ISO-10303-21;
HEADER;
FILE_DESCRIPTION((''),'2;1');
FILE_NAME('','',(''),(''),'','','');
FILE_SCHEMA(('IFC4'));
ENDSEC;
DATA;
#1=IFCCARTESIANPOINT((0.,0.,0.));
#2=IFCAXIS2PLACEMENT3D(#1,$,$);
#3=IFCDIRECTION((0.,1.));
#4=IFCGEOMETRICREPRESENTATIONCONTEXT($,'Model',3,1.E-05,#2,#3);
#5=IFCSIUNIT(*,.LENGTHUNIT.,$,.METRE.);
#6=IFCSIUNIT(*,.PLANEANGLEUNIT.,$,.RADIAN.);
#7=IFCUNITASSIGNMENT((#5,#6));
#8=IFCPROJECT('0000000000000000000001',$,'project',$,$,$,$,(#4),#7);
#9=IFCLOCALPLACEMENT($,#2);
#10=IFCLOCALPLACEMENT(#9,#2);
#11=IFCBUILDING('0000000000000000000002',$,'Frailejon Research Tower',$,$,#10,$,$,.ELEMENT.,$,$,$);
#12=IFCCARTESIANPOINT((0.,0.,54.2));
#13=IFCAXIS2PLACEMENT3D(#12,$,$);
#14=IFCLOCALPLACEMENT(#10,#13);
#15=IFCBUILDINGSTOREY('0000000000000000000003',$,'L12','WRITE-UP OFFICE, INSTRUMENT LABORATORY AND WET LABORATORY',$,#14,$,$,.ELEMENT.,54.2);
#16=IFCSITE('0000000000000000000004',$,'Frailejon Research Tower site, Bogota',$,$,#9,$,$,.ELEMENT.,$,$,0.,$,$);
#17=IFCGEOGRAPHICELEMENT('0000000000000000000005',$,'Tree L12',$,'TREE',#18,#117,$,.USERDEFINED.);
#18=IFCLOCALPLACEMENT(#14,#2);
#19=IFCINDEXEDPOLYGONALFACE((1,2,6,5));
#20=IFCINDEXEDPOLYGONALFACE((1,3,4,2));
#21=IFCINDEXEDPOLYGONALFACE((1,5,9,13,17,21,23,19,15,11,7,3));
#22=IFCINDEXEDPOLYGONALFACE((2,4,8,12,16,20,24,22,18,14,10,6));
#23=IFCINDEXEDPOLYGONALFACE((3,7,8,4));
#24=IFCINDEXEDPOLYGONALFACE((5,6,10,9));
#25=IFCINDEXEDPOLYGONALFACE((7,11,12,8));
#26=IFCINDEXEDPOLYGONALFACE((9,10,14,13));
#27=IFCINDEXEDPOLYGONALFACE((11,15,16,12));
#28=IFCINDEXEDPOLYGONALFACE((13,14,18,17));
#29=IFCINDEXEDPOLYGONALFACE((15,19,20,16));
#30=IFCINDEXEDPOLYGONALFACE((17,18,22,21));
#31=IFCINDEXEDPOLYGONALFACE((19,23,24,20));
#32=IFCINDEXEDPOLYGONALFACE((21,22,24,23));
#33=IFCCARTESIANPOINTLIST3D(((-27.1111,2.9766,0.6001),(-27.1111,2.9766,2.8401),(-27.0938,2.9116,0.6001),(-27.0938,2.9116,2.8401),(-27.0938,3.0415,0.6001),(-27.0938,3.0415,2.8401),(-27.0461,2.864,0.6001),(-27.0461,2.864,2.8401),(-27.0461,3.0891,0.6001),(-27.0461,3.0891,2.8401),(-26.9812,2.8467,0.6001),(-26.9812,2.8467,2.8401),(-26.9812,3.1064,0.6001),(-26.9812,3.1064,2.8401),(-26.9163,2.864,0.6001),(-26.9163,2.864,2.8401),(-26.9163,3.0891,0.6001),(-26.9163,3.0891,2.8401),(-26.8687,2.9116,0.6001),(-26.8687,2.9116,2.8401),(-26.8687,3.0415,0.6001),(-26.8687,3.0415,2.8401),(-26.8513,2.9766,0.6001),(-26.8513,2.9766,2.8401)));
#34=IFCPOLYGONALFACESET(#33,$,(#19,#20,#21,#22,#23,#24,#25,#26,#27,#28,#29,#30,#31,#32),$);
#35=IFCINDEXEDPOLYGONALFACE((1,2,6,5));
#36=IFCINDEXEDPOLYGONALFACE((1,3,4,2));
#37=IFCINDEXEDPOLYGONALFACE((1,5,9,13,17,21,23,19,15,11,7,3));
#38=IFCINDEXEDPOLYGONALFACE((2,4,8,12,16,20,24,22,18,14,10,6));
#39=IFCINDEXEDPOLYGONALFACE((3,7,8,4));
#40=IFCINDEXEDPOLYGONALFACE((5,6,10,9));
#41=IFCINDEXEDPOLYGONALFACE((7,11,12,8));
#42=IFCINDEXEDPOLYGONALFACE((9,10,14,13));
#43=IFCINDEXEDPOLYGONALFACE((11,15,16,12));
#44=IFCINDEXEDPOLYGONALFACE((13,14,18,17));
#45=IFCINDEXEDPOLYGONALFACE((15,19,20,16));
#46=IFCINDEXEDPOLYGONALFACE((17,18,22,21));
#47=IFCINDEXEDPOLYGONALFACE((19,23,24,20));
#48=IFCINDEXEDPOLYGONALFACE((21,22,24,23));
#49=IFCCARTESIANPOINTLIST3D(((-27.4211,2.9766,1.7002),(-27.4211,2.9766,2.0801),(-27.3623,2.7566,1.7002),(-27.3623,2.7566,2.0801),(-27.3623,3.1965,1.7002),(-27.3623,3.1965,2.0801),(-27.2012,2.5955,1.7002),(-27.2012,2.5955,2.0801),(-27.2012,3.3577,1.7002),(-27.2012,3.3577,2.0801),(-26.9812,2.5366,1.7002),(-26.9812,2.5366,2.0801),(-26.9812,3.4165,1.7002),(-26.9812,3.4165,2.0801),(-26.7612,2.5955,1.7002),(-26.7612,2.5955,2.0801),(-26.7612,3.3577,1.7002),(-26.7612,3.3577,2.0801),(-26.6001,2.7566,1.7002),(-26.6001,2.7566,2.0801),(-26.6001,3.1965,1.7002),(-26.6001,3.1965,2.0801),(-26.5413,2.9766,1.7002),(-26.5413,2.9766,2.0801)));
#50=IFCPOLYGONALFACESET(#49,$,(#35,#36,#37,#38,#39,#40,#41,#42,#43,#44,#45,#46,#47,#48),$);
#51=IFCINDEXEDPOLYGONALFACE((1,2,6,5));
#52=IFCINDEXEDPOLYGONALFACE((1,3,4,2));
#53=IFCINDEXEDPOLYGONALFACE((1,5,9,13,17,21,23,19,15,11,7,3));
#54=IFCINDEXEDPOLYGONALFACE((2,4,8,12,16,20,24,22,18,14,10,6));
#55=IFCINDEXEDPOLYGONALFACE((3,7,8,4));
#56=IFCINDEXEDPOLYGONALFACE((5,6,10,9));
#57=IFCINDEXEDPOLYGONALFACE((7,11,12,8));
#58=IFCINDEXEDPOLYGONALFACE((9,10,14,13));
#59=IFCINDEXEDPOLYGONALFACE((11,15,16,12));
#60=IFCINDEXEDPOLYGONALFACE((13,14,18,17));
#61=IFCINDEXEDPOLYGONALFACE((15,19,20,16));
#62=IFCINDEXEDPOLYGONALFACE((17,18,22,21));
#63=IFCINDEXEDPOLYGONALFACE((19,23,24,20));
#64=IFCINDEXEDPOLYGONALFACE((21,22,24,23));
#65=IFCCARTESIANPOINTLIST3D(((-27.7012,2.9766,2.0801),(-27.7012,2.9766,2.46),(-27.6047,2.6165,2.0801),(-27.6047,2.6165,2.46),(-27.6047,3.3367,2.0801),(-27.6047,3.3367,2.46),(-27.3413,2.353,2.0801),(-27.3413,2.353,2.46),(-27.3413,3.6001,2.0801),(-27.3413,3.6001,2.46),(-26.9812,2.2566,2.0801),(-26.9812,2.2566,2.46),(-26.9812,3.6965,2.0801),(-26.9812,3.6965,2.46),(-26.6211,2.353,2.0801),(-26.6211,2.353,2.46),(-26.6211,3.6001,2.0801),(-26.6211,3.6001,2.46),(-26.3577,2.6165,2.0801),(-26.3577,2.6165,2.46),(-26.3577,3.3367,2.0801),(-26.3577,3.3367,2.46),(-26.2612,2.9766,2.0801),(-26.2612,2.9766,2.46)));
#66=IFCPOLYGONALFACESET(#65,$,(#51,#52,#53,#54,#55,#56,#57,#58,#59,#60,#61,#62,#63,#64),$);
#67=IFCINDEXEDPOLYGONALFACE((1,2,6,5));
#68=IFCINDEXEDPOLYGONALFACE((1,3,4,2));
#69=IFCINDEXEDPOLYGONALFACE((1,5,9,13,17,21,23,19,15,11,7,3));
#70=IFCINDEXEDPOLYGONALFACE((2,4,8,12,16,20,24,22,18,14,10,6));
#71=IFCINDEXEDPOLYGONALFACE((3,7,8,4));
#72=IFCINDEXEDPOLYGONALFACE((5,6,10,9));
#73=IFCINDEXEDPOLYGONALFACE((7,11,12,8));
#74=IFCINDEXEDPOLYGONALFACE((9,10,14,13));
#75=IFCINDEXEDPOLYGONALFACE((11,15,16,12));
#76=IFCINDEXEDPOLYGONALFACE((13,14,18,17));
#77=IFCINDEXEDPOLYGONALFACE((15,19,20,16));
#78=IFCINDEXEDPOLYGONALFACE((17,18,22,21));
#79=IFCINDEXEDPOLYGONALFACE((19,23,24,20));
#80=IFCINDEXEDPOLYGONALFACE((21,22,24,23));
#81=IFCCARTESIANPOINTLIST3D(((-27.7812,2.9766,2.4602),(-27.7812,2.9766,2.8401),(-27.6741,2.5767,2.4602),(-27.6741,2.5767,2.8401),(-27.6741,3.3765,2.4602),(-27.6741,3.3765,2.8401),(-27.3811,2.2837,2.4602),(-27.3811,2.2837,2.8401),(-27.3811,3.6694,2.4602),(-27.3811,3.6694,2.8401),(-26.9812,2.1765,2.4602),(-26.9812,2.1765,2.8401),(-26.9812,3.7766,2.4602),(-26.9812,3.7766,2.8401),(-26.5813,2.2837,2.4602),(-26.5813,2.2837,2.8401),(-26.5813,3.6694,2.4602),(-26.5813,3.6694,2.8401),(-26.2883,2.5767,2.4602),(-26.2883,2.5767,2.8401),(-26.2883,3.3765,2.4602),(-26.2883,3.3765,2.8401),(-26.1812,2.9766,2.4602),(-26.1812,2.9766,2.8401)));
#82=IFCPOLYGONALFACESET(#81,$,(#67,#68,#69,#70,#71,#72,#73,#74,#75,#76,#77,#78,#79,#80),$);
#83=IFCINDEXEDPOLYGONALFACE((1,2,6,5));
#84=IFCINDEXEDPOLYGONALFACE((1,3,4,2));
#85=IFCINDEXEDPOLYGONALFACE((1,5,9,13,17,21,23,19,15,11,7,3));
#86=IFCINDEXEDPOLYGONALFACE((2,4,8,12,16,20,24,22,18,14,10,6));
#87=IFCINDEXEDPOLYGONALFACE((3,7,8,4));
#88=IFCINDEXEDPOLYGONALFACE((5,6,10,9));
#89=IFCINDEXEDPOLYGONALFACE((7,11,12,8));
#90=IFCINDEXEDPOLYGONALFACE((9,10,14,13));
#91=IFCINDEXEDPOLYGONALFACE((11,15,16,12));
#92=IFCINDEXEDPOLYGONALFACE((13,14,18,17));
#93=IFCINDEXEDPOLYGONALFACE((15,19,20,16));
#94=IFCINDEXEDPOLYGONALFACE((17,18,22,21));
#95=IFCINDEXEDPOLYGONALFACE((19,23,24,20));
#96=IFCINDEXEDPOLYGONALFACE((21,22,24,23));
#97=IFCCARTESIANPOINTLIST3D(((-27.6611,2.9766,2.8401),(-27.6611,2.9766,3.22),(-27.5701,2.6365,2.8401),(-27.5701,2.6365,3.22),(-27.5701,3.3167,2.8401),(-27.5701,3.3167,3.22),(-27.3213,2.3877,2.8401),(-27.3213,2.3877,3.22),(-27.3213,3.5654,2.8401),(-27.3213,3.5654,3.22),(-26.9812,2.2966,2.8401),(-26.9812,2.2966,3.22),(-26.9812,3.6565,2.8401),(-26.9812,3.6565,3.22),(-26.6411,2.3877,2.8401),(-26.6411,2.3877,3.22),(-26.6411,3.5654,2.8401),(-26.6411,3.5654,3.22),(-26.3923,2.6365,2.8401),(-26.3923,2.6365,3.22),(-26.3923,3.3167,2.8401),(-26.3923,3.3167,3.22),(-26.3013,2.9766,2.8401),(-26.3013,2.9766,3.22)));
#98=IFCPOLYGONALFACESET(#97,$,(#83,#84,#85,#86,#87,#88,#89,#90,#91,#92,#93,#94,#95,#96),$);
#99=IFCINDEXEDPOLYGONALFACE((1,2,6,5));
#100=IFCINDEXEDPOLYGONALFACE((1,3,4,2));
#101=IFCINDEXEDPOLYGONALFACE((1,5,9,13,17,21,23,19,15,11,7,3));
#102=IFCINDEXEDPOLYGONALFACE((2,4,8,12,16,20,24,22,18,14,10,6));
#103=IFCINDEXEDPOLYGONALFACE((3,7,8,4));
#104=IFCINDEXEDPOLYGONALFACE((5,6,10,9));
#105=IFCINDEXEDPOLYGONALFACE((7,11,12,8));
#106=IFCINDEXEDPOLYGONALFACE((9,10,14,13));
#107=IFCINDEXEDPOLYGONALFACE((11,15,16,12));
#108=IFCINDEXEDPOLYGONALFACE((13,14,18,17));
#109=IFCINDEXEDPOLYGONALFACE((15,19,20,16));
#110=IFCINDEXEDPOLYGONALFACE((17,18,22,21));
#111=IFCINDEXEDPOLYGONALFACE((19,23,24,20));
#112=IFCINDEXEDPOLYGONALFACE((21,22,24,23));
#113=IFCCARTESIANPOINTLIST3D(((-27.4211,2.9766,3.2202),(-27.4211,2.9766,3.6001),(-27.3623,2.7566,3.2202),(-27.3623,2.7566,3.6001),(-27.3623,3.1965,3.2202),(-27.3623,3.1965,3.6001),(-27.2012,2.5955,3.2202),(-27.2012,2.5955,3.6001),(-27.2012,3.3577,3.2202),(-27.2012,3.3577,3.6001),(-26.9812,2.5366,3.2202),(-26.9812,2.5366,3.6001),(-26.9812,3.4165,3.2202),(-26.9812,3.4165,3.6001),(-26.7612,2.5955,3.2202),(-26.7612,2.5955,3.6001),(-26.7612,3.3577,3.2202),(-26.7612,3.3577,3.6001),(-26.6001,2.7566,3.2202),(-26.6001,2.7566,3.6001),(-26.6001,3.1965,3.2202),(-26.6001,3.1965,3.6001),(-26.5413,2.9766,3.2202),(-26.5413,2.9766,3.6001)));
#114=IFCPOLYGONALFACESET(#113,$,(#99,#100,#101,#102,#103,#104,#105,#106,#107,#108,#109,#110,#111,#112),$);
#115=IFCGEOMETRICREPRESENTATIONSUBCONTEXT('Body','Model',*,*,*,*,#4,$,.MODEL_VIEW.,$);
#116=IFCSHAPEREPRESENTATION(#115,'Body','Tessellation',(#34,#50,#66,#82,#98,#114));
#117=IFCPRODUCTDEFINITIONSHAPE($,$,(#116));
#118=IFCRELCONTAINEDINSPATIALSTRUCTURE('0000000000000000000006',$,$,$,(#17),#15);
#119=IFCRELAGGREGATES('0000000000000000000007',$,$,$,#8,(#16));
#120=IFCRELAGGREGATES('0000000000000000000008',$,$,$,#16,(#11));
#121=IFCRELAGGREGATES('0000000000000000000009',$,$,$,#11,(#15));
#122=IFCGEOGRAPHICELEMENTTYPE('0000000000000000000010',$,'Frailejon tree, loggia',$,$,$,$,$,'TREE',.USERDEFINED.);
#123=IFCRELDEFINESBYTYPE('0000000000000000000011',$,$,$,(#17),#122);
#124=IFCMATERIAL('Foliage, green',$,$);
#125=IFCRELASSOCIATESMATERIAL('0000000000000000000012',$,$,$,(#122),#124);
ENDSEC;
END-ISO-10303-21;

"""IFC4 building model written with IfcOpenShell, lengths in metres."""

from ifc_helpers import new_model, si_unit, direction, frame, origin, place, context, subcontext, project, spatial, polyline, outline, extrude, material, type_object, element, save


model = new_model("IFC4")

# Units and contexts
model_context = context("Model", 3, precision=1e-05, world=origin(), true_north=direction((0.0, 1.0)))
body_context = subcontext(model_context, "Body", "Model", "MODEL_VIEW")
ifc_project = project(units=[si_unit("LENGTHUNIT", "METRE"), si_unit("PLANEANGLEUNIT", "RADIAN")], contexts=[model_context])

# Site, building, storey
site_placement = place(None, origin())
site = spatial("IfcSite", under=ifc_project, at=site_placement, Name="Frailejon Research Tower site, Bogota", CompositionType="ELEMENT", RefElevation=0.0)
building_placement = place(site_placement, origin())
building = spatial("IfcBuilding", under=site, at=building_placement, Name="Frailejon Research Tower", CompositionType="ELEMENT")
storey_placement = place(building_placement, frame((0.0, 0.0, 54.2)))
storey = spatial("IfcBuildingStorey", under=building, at=storey_placement, Name="L12", Description="WRITE-UP OFFICE, INSTRUMENT LABORATORY AND WET LABORATORY", CompositionType="ELEMENT", Elevation=54.2)

# Geographic element
ifc_material_1 = material(Name="Foliage, green")
geographic_element_type = type_object("IfcGeographicElementType", Name="Frailejon tree, loggia", ElementType="TREE", PredefinedType="USERDEFINED", material=ifc_material_1)
geographic_element_placement = place(storey_placement, frame((-26.9812, 2.9766, 0.6001)))
element("IfcGeographicElement", 1, at=geographic_element_placement, inside=storey, type_object=geographic_element_type, Name="Tree L12", ObjectType="TREE", PredefinedType="USERDEFINED", context=body_context, shape_type="SweptSolid", body=[
    extrude(outline(polyline([(0.1299, 0.0), (0.1125, 0.0649), (0.0649, 0.1125), (0.0, 0.1299), (-0.0649, 0.1125), (-0.1125, 0.0649), (-0.1299, 0.0), (-0.1125, -0.0649), (-0.0649, -0.1125), (0.0, -0.1299), (0.0649, -0.1125), (0.1125, -0.0649), (0.1299, 0.0)])), origin(), (0.0, 0.0, 1.0), 2.24),
    extrude(outline(polyline([(0.4399, 0.0), (0.3811, 0.22), (0.22, 0.3811), (0.0, 0.4399), (-0.22, 0.3811), (-0.3811, 0.22), (-0.4399, 0.0), (-0.3811, -0.22), (-0.22, -0.3811), (0.0, -0.4399), (0.22, -0.3811), (0.3811, -0.22), (0.4399, 0.0)])), frame((0.0, 0.0, 1.1001)), (0.0, 0.0, 1.0), 0.3799),
    extrude(outline(polyline([(0.72, 0.0), (0.6235, 0.3601), (0.3601, 0.6235), (0.0, 0.72), (-0.3601, 0.6235), (-0.6235, 0.3601), (-0.72, 0.0), (-0.6235, -0.3601), (-0.3601, -0.6235), (0.0, -0.72), (0.3601, -0.6235), (0.6235, -0.3601), (0.72, 0.0)])), frame((0.0, 0.0, 1.48)), (0.0, 0.0, 1.0), 0.3799),
    extrude(outline(polyline([(0.8, 0.0), (0.6929, 0.3999), (0.3999, 0.6929), (0.0, 0.8), (-0.3999, 0.6929), (-0.6929, 0.3999), (-0.8, 0.0), (-0.6929, -0.3999), (-0.3999, -0.6929), (0.0, -0.8), (0.3999, -0.6929), (0.6929, -0.3999), (0.8, 0.0)])), frame((0.0, 0.0, 1.8601)), (0.0, 0.0, 1.0), 0.3799),
    extrude(outline(polyline([(0.6799, 0.0), (0.5889, 0.3401), (0.3401, 0.5889), (0.0, 0.6799), (-0.3401, 0.5889), (-0.5889, 0.3401), (-0.6799, 0.0), (-0.5889, -0.3401), (-0.3401, -0.5889), (0.0, -0.6799), (0.3401, -0.5889), (0.5889, -0.3401), (0.6799, 0.0)])), frame((0.0, 0.0, 2.24)), (0.0, 0.0, 1.0), 0.3799),
    extrude(outline(polyline([(0.4399, 0.0), (0.3811, 0.22), (0.22, 0.3811), (0.0, 0.4399), (-0.22, 0.3811), (-0.3811, 0.22), (-0.4399, 0.0), (-0.3811, -0.22), (-0.22, -0.3811), (0.0, -0.4399), (0.22, -0.3811), (0.3811, -0.22), (0.4399, 0.0)])), frame((0.0, 0.0, 2.6201)), (0.0, 0.0, 1.0), 0.3799),
])

save(model, "model.ifc")
